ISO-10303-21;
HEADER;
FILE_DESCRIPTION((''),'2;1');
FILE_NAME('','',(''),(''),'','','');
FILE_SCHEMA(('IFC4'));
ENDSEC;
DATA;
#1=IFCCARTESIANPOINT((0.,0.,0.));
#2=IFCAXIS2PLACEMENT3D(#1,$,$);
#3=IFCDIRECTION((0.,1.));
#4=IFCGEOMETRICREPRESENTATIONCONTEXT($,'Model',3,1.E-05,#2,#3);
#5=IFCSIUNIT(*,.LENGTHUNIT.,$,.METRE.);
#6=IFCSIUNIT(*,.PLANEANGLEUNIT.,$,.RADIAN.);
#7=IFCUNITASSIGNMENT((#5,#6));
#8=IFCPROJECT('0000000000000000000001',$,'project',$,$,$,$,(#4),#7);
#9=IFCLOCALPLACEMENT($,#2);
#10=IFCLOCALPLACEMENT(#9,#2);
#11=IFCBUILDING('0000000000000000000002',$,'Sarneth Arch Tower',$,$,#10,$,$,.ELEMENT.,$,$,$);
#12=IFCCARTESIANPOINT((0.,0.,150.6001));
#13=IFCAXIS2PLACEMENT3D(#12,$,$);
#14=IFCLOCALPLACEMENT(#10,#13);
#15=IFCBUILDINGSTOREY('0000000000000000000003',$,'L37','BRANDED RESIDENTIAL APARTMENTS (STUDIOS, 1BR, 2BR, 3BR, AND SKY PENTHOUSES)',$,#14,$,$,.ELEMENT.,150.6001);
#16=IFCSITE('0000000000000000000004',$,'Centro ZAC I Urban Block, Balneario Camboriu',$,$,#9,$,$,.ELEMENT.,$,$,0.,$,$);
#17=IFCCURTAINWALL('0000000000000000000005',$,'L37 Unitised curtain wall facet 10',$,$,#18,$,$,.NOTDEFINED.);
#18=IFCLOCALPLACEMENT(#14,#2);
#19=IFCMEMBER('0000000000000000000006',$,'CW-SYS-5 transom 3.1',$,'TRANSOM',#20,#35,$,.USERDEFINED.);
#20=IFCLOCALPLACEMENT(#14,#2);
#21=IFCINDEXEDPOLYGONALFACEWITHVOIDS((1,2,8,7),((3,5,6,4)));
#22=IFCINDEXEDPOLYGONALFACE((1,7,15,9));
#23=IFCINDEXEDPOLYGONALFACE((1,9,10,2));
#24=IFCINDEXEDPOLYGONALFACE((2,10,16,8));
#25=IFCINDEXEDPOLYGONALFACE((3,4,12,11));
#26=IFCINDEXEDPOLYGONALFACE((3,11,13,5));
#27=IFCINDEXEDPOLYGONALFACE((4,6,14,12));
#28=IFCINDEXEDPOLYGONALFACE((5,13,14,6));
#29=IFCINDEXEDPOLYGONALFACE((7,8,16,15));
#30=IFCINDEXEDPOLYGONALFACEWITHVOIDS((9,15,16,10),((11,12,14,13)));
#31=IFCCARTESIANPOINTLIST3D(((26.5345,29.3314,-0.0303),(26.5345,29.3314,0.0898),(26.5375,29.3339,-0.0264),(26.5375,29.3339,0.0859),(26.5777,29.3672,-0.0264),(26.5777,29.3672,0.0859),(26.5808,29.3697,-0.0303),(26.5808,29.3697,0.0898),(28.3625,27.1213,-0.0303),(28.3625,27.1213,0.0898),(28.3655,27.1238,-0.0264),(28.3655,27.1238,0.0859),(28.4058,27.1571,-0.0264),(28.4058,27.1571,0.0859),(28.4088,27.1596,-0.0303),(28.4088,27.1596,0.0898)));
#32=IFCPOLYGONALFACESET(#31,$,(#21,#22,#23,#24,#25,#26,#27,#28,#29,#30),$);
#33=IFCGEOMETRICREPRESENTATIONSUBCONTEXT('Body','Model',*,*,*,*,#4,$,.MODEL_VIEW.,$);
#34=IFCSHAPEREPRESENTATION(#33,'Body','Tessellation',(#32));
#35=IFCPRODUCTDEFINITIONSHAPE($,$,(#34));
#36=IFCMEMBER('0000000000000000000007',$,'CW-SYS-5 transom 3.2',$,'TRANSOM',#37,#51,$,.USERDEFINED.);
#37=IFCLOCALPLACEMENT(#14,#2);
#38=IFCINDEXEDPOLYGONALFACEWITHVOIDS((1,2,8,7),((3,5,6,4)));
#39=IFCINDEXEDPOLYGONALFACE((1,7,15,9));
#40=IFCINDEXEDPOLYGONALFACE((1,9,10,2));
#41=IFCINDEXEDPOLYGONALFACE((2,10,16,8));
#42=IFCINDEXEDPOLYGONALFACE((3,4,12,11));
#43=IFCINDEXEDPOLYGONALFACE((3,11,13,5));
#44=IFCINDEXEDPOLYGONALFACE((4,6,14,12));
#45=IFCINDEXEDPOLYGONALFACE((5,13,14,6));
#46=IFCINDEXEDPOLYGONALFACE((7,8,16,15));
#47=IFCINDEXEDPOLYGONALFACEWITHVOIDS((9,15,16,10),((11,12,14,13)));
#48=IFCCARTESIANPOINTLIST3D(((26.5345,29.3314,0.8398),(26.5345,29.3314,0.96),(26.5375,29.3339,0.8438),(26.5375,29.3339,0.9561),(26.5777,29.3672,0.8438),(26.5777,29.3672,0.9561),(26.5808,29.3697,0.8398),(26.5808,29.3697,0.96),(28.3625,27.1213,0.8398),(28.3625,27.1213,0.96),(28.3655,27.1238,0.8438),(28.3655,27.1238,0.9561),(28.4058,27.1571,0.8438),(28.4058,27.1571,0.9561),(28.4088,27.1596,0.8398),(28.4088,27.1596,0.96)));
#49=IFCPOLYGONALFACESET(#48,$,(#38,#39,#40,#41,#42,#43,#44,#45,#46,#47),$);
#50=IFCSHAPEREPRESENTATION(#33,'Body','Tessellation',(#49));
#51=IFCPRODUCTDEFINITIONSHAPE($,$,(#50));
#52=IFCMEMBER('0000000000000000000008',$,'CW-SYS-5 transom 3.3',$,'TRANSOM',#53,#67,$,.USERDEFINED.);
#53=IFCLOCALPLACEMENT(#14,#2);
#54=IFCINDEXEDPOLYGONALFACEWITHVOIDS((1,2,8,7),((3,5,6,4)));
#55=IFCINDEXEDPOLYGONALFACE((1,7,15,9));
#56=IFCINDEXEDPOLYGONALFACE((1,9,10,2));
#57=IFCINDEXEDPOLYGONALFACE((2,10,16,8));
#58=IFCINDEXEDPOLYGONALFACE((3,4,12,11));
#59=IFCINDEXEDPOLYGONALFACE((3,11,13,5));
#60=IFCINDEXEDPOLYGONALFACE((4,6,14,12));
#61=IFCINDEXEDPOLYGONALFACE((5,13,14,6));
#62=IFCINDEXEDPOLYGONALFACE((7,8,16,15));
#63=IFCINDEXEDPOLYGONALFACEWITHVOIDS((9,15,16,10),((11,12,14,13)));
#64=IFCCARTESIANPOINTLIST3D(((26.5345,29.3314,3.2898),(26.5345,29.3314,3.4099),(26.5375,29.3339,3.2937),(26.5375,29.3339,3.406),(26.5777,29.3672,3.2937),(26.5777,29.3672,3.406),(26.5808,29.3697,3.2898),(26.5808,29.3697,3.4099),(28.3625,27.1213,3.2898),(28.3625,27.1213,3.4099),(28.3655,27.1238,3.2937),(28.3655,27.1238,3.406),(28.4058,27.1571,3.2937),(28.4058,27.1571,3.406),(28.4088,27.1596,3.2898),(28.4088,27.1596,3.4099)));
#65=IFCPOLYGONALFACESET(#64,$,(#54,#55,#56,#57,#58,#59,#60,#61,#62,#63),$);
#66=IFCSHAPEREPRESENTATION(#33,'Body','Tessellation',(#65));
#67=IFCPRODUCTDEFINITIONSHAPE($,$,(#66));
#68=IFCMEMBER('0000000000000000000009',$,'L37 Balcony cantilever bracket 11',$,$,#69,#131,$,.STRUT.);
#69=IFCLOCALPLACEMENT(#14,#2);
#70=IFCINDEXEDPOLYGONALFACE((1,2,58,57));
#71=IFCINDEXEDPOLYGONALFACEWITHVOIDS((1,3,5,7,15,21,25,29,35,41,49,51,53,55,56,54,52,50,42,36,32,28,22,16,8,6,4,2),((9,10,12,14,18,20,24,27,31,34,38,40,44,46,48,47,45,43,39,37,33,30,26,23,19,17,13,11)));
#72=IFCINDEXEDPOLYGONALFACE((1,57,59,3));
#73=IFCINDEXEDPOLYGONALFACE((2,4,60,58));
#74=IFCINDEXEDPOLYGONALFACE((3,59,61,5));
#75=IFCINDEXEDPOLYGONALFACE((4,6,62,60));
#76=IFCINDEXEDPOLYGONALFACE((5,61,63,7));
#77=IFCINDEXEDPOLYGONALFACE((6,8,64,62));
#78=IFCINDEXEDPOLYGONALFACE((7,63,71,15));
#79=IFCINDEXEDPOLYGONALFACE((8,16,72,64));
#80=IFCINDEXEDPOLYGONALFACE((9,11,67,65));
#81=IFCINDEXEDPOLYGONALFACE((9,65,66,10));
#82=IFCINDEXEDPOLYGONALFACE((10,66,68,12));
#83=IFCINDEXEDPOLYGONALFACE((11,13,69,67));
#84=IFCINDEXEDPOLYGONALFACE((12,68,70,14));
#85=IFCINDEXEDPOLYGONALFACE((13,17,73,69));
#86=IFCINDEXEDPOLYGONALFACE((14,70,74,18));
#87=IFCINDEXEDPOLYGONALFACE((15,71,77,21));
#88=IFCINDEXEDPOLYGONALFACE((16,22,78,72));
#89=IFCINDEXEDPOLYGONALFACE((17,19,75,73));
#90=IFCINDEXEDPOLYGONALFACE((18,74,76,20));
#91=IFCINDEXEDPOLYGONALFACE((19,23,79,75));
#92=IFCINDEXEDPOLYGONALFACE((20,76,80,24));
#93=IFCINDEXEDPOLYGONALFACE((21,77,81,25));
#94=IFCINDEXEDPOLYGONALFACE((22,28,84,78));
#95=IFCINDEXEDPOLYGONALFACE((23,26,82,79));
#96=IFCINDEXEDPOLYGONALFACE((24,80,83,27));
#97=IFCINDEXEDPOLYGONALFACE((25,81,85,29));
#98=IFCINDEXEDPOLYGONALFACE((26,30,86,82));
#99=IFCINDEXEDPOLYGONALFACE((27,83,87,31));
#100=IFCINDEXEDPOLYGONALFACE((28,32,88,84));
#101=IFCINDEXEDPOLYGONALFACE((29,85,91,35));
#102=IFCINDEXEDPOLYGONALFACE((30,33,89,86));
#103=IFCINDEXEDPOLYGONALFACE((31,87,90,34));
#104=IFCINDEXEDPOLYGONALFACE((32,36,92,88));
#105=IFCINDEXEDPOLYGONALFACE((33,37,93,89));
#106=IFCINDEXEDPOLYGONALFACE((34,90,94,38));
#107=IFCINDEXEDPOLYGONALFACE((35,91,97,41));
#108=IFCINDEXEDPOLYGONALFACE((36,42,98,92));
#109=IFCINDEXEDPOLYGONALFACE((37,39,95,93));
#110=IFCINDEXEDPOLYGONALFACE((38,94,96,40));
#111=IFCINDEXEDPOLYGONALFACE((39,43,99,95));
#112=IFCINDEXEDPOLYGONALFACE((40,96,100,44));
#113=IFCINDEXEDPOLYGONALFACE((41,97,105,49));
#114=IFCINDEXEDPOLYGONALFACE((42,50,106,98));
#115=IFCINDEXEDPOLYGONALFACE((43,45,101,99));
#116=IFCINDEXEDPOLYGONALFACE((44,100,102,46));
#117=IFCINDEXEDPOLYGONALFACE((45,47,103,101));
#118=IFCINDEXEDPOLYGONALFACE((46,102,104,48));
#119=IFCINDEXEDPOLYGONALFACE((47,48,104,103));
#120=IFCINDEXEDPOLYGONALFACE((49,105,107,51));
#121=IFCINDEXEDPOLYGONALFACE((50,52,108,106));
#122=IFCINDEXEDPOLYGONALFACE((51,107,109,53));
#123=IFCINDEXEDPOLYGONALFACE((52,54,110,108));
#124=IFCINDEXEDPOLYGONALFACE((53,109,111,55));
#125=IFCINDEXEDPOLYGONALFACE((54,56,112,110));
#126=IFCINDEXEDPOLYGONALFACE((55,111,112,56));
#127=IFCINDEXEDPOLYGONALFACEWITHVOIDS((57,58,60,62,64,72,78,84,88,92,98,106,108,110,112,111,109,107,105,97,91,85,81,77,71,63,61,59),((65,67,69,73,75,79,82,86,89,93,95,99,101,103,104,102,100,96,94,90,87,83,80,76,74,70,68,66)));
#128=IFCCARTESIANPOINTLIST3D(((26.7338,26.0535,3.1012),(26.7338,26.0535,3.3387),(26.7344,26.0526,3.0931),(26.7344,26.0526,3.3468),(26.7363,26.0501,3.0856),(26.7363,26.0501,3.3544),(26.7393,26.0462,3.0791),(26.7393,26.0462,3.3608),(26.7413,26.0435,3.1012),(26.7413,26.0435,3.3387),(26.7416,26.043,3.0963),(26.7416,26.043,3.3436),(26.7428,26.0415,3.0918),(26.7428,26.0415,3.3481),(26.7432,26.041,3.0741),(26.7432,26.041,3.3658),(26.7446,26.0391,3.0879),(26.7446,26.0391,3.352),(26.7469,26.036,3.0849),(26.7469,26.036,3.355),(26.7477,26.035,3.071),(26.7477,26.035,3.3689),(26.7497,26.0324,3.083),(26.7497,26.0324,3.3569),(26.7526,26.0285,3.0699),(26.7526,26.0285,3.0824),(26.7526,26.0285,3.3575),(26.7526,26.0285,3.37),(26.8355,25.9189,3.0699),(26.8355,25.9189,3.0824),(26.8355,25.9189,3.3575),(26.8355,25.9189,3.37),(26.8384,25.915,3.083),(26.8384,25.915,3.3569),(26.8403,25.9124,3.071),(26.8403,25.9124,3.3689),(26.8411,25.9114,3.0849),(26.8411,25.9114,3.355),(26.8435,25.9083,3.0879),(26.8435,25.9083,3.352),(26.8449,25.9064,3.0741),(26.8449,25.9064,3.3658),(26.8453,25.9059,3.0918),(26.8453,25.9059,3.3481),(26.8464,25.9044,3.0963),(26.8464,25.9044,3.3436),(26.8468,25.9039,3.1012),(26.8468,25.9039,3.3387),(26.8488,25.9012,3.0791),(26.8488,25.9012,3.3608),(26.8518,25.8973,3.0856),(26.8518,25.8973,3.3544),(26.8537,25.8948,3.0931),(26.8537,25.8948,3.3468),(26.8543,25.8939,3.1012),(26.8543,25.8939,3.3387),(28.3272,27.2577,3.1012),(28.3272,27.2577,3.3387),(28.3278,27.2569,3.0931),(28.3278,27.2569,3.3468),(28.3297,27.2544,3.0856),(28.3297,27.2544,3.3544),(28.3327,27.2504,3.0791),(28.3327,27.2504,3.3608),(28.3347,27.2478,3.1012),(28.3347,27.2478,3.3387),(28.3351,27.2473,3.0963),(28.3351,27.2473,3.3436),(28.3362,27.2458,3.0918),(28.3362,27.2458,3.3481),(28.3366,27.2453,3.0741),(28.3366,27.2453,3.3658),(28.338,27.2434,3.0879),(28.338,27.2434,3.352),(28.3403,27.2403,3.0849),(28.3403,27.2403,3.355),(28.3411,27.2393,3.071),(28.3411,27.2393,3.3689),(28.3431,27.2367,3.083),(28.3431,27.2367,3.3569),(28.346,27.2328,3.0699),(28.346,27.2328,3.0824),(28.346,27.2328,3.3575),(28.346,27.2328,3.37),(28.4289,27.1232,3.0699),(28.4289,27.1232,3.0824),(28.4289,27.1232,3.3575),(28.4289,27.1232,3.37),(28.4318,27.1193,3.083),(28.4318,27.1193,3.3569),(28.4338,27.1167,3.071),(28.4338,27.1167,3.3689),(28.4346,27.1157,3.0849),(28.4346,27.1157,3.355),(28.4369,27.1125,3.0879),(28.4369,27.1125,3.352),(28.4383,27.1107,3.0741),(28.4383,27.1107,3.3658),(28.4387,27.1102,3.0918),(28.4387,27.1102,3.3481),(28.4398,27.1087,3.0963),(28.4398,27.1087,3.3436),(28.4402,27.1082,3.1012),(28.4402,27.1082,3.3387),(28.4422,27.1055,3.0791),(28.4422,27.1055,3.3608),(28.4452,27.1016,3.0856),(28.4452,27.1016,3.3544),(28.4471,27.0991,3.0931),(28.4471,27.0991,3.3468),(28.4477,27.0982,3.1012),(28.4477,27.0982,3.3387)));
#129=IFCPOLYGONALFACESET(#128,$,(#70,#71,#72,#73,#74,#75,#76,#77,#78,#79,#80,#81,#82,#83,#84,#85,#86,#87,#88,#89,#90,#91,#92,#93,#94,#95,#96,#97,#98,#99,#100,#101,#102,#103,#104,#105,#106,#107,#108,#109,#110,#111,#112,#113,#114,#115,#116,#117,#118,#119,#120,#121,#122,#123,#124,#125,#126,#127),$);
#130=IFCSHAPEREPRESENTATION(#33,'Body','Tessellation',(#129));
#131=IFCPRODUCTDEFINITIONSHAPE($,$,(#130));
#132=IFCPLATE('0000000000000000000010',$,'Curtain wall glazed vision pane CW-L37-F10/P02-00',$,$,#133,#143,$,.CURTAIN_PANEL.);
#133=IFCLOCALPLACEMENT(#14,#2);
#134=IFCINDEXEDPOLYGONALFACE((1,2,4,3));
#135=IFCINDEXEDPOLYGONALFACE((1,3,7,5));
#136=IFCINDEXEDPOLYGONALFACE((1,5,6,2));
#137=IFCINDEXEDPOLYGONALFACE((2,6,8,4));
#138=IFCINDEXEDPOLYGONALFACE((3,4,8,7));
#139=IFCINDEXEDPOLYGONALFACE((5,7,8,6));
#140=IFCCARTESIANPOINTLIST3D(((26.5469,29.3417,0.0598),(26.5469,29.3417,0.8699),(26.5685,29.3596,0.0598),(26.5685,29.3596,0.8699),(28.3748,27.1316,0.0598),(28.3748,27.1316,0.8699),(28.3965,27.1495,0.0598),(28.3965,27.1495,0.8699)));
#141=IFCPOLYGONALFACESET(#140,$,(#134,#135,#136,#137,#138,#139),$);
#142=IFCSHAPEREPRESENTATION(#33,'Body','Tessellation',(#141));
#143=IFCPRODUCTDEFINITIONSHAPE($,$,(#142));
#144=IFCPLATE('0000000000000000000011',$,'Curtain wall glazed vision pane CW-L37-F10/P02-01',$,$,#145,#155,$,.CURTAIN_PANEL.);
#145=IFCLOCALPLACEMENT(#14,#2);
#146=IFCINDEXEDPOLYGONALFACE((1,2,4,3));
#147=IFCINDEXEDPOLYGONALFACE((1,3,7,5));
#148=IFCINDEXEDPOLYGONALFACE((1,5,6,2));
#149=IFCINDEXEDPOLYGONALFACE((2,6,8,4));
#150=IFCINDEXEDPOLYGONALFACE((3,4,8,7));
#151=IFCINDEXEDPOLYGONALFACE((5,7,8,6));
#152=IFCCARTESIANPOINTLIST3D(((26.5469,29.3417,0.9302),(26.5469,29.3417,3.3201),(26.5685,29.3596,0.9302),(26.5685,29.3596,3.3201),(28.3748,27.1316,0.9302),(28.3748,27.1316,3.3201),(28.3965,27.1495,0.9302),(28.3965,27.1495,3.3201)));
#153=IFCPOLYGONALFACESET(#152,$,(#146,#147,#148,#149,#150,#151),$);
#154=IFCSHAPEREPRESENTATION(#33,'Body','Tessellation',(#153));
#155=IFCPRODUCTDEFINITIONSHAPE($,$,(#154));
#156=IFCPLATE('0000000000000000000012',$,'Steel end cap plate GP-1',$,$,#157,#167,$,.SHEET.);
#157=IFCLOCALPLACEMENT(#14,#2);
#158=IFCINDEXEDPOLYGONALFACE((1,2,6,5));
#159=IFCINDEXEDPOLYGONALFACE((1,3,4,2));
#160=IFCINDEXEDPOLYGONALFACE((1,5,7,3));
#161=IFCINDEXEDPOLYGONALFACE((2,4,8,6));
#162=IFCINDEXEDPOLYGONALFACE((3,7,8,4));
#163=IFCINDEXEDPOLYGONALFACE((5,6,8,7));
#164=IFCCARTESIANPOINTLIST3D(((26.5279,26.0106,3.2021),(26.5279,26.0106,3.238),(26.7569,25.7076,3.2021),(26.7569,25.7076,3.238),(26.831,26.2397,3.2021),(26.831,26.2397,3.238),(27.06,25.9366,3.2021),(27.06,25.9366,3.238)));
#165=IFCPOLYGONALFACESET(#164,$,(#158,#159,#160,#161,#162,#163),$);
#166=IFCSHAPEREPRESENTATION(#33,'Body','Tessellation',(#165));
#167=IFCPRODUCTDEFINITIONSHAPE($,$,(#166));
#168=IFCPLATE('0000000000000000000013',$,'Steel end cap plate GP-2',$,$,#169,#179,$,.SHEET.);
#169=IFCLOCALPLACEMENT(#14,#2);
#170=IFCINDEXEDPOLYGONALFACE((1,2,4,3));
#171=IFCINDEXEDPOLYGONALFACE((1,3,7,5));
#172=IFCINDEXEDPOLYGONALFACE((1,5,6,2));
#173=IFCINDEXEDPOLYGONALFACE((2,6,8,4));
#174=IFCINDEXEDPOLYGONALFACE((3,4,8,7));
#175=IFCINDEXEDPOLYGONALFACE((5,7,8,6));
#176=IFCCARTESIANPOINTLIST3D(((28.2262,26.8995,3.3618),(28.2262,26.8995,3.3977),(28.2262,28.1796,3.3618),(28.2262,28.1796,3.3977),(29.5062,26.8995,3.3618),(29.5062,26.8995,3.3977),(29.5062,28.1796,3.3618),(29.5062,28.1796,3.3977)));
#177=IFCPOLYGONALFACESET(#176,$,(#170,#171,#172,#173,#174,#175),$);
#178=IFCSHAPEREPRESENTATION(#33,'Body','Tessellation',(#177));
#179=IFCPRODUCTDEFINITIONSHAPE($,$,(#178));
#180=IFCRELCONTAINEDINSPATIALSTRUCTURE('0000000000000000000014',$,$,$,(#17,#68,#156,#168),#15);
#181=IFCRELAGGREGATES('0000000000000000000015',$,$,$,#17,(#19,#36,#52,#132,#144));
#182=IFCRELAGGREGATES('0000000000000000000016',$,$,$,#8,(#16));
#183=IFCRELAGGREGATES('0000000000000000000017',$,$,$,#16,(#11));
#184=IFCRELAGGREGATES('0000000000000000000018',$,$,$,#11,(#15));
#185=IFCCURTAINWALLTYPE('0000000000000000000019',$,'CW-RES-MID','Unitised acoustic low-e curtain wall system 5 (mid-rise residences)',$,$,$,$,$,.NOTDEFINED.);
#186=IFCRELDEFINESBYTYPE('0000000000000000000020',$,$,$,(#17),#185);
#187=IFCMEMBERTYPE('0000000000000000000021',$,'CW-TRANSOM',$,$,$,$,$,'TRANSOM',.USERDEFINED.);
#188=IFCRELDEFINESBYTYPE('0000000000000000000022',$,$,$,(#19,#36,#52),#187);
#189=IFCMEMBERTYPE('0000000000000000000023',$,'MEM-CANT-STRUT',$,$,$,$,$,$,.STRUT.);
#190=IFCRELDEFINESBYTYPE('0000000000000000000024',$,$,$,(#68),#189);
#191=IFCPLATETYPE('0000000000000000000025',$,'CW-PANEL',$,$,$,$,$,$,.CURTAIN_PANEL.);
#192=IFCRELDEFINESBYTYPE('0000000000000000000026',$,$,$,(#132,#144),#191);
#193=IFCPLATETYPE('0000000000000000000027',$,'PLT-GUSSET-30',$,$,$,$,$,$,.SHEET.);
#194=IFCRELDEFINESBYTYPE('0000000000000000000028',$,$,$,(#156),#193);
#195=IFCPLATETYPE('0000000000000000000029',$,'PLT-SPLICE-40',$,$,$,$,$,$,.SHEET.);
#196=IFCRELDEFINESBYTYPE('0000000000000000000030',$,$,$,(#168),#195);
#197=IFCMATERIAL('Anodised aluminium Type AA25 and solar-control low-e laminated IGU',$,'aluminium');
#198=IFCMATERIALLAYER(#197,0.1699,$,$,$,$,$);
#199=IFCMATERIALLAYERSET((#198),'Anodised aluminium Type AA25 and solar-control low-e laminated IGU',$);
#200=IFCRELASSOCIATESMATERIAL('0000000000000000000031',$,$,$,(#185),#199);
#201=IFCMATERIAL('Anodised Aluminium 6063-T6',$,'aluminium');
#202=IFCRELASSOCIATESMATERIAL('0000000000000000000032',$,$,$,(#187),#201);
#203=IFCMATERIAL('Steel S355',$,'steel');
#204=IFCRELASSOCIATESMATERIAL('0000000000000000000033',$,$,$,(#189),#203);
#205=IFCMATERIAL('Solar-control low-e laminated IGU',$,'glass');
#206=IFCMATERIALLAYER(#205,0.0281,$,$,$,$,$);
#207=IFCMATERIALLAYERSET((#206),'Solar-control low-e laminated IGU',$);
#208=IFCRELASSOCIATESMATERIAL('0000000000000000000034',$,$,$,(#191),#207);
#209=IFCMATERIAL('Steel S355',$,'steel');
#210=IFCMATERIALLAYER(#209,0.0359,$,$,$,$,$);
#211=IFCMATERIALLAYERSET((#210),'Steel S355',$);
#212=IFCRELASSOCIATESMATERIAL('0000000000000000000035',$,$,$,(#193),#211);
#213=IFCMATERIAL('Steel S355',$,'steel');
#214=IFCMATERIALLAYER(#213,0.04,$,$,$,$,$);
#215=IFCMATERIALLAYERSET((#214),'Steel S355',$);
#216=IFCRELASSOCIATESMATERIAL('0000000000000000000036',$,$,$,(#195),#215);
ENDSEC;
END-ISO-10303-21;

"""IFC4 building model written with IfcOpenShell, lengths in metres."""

from ifc_helpers import new_model, si_unit, direction, frame, origin, origin_2d, place, context, subcontext, project, spatial, rectangle, hollow_rectangle, extrude, material, layer, layer_set, material_profile, profile_set, type_object, element, aggregate, save


model = new_model("IFC4")

# Units and contexts
model_context = context("Model", 3, precision=1e-05, world=origin(), true_north=direction((0.0, 1.0)))
body_context = subcontext(model_context, "Body", "Model", "MODEL_VIEW")
ifc_project = project(units=[si_unit("LENGTHUNIT", "METRE"), si_unit("PLANEANGLEUNIT", "RADIAN")], contexts=[model_context])

# Site, building, storey
site_placement = place(None, origin())
site = spatial("IfcSite", under=ifc_project, at=site_placement, Name="Centro ZAC I Urban Block, Balneario Camboriu", CompositionType="ELEMENT", RefElevation=0.0)
building_placement = place(site_placement, origin())
building = spatial("IfcBuilding", under=site, at=building_placement, Name="Sarneth Arch Tower", CompositionType="ELEMENT")
storey_placement = place(building_placement, frame((0.0, 0.0, 150.6001)))
storey = spatial("IfcBuildingStorey", under=building, at=storey_placement, Name="L37", Description="BRANDED RESIDENTIAL APARTMENTS (STUDIOS, 1BR, 2BR, 3BR, AND SKY PENTHOUSES)", CompositionType="ELEMENT", Elevation=150.6001)

# Curtain wall, members
ifc_material_1 = material(Name="Anodised aluminium Type AA25 and solar-control low-e laminated IGU", Category="aluminium")
ifc_layer_1 = layer(ifc_material_1, 0.1699)
ifc_layer_set_1 = layer_set([ifc_layer_1], Name="Anodised aluminium Type AA25 and solar-control low-e laminated IGU")
curtain_wall_type = type_object("IfcCurtainWallType", Name="CW-RES-MID", Description="Unitised acoustic low-e curtain wall system 5 (mid-rise residences)", PredefinedType="NOTDEFINED", material=ifc_layer_set_1)
curtain_wall_placement = place(storey_placement, origin())
curtain_wall = element("IfcCurtainWall", 1, at=curtain_wall_placement, inside=storey, type_object=curtain_wall_type, Name="L37 Unitised curtain wall facet 10", PredefinedType="NOTDEFINED")
ifc_material_2 = material(Name="Anodised Aluminium 6063-T6", Category="aluminium")
ifc_material_profile_1 = material_profile(ifc_material_2, hollow_rectangle(XDim=0.0601, YDim=0.1201, WallThickness=0.0039, at=origin_2d()), Name="AL-TRAN-120x60x4")
ifc_profile_set_1 = profile_set([ifc_material_profile_1], Name="Anodised Aluminium 6063-T6")
member_type_1 = type_object("IfcMemberType", Name="CW-TRANSOM", ElementType="TRANSOM", PredefinedType="USERDEFINED", material=ifc_profile_set_1)
member_1_placement = place(storey_placement, frame((26.5576, 29.3506, 0.0298), z_axis=(0.637359, -0.770567, 0.0), x_axis=(0.770567, 0.637359, 0.0)))
member_1 = element("IfcMember", 2, at=member_1_placement, type_object=member_type_1, Name="CW-SYS-5 transom 3.1", ObjectType="TRANSOM", PredefinedType="USERDEFINED", context=body_context, shape_type="SweptSolid", body=[
    extrude(hollow_rectangle(XDim=0.0601, YDim=0.1201, WallThickness=0.0039, at=origin_2d()), origin(), (0.0, 0.0, 1.0), 2.8682),
])
member_2_placement = place(storey_placement, frame((26.5576, 29.3506, 0.8999), z_axis=(0.637359, -0.770567, 0.0), x_axis=(0.770567, 0.637359, 0.0)))
member_2 = element("IfcMember", 3, at=member_2_placement, type_object=member_type_1, Name="CW-SYS-5 transom 3.2", ObjectType="TRANSOM", PredefinedType="USERDEFINED", context=body_context, shape_type="SweptSolid", body=[
    extrude(hollow_rectangle(XDim=0.0601, YDim=0.1201, WallThickness=0.0039, at=origin_2d()), origin(), (0.0, 0.0, 1.0), 2.8682),
])
member_3_placement = place(storey_placement, frame((26.5576, 29.3506, 3.3499), z_axis=(0.637359, -0.770567, 0.0), x_axis=(0.770567, 0.637359, 0.0)))
member_3 = element("IfcMember", 4, at=member_3_placement, type_object=member_type_1, Name="CW-SYS-5 transom 3.3", ObjectType="TRANSOM", PredefinedType="USERDEFINED", context=body_context, shape_type="SweptSolid", body=[
    extrude(hollow_rectangle(XDim=0.0601, YDim=0.1201, WallThickness=0.0039, at=origin_2d()), origin(), (0.0, 0.0, 1.0), 2.8682),
])

# Member
ifc_material_3 = material(Name="Steel S355", Category="steel")
ifc_material_profile_2 = material_profile(ifc_material_3, hollow_rectangle(XDim=0.2, YDim=0.3, WallThickness=0.0125, InnerFilletRadius=0.0188, OuterFilletRadius=0.0312, at=origin_2d()), Name="RHS300x200x12.5")
ifc_profile_set_2 = profile_set([ifc_material_profile_2], Name="Steel S355")
member_type_2 = type_object("IfcMemberType", Name="MEM-CANT-STRUT", PredefinedType="STRUT", material=ifc_profile_set_2)
member_4_placement = place(storey_placement, frame((28.3875, 27.178, 3.22), z_axis=(-0.79778, -0.602949, 0.0), x_axis=(0.602949, -0.79778, 0.0)))
element("IfcMember", 5, at=member_4_placement, inside=storey, type_object=member_type_2, Name="L37 Balcony cantilever bracket 11", PredefinedType="STRUT", context=body_context, shape_type="SweptSolid", body=[
    extrude(hollow_rectangle(XDim=0.2, YDim=0.3, WallThickness=0.0125, InnerFilletRadius=0.0188, OuterFilletRadius=0.0312, at=origin_2d()), origin(), (0.0, 0.0, 1.0), 1.9973),
])

# Plates
ifc_material_4 = material(Name="Solar-control low-e laminated IGU", Category="glass")
ifc_layer_2 = layer(ifc_material_4, 0.0281)
ifc_layer_set_2 = layer_set([ifc_layer_2], Name="Solar-control low-e laminated IGU")
plate_type_1 = type_object("IfcPlateType", Name="CW-PANEL", PredefinedType="CURTAIN_PANEL", material=ifc_layer_set_2)
plate_1_placement = place(storey_placement, frame((27.4717, 28.2456, 0.0598), z_axis=(0.0, 0.0, 1.0), x_axis=(0.63733, -0.770591, 0.0)))
plate_1 = element("IfcPlate", 6, at=plate_1_placement, type_object=plate_type_1, Name="Curtain wall glazed vision pane CW-L37-F10/P02-00", PredefinedType="CURTAIN_PANEL", context=body_context, shape_type="SweptSolid", body=[
    extrude(rectangle(XDim=2.8682, YDim=0.0281, at=origin_2d()), origin(), (0.0, 0.0, 1.0), 0.8101),
])
plate_2_placement = place(storey_placement, frame((27.4717, 28.2456, 0.9302), z_axis=(0.0, 0.0, 1.0), x_axis=(0.63733, -0.770591, 0.0)))
plate_2 = element("IfcPlate", 7, at=plate_2_placement, type_object=plate_type_1, Name="Curtain wall glazed vision pane CW-L37-F10/P02-01", PredefinedType="CURTAIN_PANEL", context=body_context, shape_type="SweptSolid", body=[
    extrude(rectangle(XDim=2.8682, YDim=0.0281, at=origin_2d()), origin(), (0.0, 0.0, 1.0), 2.3899),
])
aggregate(curtain_wall, [member_1, member_2, member_3, plate_1, plate_2])

# Plates
ifc_material_5 = material(Name="Steel S355", Category="steel")
ifc_layer_3 = layer(ifc_material_5, 0.0359)
ifc_layer_set_3 = layer_set([ifc_layer_3], Name="Steel S355")
plate_type_2 = type_object("IfcPlateType", Name="PLT-GUSSET-30", PredefinedType="SHEET", material=ifc_layer_set_3)
plate_3_placement = place(storey_placement, frame((26.7939, 25.9736, 3.2021), z_axis=(0.0, 0.0, 1.0), x_axis=(-0.797794, -0.60293, 0.0)))
element("IfcPlate", 8, at=plate_3_placement, inside=storey, type_object=plate_type_2, Name="Steel end cap plate GP-1", PredefinedType="SHEET", context=body_context, shape_type="SweptSolid", body=[
    extrude(rectangle(XDim=0.3799, YDim=0.3799, at=origin_2d()), origin(), (0.0, 0.0, 1.0), 0.0359),
])
ifc_material_6 = material(Name="Steel S355", Category="steel")
ifc_layer_4 = layer(ifc_material_6, 0.04)
ifc_layer_set_4 = layer_set([ifc_layer_4], Name="Steel S355")
plate_type_3 = type_object("IfcPlateType", Name="PLT-SPLICE-40", PredefinedType="SHEET", material=ifc_layer_set_4)
plate_4_placement = place(storey_placement, frame((28.8662, 27.5396, 3.3618), z_axis=(0.0, 0.0, 1.0), x_axis=(1.0, 0.0, 0.0)))
element("IfcPlate", 9, at=plate_4_placement, inside=storey, type_object=plate_type_3, Name="Steel end cap plate GP-2", PredefinedType="SHEET", context=body_context, shape_type="SweptSolid", body=[
    extrude(rectangle(XDim=1.28, YDim=1.28, at=origin_2d()), origin(), (0.0, 0.0, 1.0), 0.0359),
])

save(model, "model.ifc")
